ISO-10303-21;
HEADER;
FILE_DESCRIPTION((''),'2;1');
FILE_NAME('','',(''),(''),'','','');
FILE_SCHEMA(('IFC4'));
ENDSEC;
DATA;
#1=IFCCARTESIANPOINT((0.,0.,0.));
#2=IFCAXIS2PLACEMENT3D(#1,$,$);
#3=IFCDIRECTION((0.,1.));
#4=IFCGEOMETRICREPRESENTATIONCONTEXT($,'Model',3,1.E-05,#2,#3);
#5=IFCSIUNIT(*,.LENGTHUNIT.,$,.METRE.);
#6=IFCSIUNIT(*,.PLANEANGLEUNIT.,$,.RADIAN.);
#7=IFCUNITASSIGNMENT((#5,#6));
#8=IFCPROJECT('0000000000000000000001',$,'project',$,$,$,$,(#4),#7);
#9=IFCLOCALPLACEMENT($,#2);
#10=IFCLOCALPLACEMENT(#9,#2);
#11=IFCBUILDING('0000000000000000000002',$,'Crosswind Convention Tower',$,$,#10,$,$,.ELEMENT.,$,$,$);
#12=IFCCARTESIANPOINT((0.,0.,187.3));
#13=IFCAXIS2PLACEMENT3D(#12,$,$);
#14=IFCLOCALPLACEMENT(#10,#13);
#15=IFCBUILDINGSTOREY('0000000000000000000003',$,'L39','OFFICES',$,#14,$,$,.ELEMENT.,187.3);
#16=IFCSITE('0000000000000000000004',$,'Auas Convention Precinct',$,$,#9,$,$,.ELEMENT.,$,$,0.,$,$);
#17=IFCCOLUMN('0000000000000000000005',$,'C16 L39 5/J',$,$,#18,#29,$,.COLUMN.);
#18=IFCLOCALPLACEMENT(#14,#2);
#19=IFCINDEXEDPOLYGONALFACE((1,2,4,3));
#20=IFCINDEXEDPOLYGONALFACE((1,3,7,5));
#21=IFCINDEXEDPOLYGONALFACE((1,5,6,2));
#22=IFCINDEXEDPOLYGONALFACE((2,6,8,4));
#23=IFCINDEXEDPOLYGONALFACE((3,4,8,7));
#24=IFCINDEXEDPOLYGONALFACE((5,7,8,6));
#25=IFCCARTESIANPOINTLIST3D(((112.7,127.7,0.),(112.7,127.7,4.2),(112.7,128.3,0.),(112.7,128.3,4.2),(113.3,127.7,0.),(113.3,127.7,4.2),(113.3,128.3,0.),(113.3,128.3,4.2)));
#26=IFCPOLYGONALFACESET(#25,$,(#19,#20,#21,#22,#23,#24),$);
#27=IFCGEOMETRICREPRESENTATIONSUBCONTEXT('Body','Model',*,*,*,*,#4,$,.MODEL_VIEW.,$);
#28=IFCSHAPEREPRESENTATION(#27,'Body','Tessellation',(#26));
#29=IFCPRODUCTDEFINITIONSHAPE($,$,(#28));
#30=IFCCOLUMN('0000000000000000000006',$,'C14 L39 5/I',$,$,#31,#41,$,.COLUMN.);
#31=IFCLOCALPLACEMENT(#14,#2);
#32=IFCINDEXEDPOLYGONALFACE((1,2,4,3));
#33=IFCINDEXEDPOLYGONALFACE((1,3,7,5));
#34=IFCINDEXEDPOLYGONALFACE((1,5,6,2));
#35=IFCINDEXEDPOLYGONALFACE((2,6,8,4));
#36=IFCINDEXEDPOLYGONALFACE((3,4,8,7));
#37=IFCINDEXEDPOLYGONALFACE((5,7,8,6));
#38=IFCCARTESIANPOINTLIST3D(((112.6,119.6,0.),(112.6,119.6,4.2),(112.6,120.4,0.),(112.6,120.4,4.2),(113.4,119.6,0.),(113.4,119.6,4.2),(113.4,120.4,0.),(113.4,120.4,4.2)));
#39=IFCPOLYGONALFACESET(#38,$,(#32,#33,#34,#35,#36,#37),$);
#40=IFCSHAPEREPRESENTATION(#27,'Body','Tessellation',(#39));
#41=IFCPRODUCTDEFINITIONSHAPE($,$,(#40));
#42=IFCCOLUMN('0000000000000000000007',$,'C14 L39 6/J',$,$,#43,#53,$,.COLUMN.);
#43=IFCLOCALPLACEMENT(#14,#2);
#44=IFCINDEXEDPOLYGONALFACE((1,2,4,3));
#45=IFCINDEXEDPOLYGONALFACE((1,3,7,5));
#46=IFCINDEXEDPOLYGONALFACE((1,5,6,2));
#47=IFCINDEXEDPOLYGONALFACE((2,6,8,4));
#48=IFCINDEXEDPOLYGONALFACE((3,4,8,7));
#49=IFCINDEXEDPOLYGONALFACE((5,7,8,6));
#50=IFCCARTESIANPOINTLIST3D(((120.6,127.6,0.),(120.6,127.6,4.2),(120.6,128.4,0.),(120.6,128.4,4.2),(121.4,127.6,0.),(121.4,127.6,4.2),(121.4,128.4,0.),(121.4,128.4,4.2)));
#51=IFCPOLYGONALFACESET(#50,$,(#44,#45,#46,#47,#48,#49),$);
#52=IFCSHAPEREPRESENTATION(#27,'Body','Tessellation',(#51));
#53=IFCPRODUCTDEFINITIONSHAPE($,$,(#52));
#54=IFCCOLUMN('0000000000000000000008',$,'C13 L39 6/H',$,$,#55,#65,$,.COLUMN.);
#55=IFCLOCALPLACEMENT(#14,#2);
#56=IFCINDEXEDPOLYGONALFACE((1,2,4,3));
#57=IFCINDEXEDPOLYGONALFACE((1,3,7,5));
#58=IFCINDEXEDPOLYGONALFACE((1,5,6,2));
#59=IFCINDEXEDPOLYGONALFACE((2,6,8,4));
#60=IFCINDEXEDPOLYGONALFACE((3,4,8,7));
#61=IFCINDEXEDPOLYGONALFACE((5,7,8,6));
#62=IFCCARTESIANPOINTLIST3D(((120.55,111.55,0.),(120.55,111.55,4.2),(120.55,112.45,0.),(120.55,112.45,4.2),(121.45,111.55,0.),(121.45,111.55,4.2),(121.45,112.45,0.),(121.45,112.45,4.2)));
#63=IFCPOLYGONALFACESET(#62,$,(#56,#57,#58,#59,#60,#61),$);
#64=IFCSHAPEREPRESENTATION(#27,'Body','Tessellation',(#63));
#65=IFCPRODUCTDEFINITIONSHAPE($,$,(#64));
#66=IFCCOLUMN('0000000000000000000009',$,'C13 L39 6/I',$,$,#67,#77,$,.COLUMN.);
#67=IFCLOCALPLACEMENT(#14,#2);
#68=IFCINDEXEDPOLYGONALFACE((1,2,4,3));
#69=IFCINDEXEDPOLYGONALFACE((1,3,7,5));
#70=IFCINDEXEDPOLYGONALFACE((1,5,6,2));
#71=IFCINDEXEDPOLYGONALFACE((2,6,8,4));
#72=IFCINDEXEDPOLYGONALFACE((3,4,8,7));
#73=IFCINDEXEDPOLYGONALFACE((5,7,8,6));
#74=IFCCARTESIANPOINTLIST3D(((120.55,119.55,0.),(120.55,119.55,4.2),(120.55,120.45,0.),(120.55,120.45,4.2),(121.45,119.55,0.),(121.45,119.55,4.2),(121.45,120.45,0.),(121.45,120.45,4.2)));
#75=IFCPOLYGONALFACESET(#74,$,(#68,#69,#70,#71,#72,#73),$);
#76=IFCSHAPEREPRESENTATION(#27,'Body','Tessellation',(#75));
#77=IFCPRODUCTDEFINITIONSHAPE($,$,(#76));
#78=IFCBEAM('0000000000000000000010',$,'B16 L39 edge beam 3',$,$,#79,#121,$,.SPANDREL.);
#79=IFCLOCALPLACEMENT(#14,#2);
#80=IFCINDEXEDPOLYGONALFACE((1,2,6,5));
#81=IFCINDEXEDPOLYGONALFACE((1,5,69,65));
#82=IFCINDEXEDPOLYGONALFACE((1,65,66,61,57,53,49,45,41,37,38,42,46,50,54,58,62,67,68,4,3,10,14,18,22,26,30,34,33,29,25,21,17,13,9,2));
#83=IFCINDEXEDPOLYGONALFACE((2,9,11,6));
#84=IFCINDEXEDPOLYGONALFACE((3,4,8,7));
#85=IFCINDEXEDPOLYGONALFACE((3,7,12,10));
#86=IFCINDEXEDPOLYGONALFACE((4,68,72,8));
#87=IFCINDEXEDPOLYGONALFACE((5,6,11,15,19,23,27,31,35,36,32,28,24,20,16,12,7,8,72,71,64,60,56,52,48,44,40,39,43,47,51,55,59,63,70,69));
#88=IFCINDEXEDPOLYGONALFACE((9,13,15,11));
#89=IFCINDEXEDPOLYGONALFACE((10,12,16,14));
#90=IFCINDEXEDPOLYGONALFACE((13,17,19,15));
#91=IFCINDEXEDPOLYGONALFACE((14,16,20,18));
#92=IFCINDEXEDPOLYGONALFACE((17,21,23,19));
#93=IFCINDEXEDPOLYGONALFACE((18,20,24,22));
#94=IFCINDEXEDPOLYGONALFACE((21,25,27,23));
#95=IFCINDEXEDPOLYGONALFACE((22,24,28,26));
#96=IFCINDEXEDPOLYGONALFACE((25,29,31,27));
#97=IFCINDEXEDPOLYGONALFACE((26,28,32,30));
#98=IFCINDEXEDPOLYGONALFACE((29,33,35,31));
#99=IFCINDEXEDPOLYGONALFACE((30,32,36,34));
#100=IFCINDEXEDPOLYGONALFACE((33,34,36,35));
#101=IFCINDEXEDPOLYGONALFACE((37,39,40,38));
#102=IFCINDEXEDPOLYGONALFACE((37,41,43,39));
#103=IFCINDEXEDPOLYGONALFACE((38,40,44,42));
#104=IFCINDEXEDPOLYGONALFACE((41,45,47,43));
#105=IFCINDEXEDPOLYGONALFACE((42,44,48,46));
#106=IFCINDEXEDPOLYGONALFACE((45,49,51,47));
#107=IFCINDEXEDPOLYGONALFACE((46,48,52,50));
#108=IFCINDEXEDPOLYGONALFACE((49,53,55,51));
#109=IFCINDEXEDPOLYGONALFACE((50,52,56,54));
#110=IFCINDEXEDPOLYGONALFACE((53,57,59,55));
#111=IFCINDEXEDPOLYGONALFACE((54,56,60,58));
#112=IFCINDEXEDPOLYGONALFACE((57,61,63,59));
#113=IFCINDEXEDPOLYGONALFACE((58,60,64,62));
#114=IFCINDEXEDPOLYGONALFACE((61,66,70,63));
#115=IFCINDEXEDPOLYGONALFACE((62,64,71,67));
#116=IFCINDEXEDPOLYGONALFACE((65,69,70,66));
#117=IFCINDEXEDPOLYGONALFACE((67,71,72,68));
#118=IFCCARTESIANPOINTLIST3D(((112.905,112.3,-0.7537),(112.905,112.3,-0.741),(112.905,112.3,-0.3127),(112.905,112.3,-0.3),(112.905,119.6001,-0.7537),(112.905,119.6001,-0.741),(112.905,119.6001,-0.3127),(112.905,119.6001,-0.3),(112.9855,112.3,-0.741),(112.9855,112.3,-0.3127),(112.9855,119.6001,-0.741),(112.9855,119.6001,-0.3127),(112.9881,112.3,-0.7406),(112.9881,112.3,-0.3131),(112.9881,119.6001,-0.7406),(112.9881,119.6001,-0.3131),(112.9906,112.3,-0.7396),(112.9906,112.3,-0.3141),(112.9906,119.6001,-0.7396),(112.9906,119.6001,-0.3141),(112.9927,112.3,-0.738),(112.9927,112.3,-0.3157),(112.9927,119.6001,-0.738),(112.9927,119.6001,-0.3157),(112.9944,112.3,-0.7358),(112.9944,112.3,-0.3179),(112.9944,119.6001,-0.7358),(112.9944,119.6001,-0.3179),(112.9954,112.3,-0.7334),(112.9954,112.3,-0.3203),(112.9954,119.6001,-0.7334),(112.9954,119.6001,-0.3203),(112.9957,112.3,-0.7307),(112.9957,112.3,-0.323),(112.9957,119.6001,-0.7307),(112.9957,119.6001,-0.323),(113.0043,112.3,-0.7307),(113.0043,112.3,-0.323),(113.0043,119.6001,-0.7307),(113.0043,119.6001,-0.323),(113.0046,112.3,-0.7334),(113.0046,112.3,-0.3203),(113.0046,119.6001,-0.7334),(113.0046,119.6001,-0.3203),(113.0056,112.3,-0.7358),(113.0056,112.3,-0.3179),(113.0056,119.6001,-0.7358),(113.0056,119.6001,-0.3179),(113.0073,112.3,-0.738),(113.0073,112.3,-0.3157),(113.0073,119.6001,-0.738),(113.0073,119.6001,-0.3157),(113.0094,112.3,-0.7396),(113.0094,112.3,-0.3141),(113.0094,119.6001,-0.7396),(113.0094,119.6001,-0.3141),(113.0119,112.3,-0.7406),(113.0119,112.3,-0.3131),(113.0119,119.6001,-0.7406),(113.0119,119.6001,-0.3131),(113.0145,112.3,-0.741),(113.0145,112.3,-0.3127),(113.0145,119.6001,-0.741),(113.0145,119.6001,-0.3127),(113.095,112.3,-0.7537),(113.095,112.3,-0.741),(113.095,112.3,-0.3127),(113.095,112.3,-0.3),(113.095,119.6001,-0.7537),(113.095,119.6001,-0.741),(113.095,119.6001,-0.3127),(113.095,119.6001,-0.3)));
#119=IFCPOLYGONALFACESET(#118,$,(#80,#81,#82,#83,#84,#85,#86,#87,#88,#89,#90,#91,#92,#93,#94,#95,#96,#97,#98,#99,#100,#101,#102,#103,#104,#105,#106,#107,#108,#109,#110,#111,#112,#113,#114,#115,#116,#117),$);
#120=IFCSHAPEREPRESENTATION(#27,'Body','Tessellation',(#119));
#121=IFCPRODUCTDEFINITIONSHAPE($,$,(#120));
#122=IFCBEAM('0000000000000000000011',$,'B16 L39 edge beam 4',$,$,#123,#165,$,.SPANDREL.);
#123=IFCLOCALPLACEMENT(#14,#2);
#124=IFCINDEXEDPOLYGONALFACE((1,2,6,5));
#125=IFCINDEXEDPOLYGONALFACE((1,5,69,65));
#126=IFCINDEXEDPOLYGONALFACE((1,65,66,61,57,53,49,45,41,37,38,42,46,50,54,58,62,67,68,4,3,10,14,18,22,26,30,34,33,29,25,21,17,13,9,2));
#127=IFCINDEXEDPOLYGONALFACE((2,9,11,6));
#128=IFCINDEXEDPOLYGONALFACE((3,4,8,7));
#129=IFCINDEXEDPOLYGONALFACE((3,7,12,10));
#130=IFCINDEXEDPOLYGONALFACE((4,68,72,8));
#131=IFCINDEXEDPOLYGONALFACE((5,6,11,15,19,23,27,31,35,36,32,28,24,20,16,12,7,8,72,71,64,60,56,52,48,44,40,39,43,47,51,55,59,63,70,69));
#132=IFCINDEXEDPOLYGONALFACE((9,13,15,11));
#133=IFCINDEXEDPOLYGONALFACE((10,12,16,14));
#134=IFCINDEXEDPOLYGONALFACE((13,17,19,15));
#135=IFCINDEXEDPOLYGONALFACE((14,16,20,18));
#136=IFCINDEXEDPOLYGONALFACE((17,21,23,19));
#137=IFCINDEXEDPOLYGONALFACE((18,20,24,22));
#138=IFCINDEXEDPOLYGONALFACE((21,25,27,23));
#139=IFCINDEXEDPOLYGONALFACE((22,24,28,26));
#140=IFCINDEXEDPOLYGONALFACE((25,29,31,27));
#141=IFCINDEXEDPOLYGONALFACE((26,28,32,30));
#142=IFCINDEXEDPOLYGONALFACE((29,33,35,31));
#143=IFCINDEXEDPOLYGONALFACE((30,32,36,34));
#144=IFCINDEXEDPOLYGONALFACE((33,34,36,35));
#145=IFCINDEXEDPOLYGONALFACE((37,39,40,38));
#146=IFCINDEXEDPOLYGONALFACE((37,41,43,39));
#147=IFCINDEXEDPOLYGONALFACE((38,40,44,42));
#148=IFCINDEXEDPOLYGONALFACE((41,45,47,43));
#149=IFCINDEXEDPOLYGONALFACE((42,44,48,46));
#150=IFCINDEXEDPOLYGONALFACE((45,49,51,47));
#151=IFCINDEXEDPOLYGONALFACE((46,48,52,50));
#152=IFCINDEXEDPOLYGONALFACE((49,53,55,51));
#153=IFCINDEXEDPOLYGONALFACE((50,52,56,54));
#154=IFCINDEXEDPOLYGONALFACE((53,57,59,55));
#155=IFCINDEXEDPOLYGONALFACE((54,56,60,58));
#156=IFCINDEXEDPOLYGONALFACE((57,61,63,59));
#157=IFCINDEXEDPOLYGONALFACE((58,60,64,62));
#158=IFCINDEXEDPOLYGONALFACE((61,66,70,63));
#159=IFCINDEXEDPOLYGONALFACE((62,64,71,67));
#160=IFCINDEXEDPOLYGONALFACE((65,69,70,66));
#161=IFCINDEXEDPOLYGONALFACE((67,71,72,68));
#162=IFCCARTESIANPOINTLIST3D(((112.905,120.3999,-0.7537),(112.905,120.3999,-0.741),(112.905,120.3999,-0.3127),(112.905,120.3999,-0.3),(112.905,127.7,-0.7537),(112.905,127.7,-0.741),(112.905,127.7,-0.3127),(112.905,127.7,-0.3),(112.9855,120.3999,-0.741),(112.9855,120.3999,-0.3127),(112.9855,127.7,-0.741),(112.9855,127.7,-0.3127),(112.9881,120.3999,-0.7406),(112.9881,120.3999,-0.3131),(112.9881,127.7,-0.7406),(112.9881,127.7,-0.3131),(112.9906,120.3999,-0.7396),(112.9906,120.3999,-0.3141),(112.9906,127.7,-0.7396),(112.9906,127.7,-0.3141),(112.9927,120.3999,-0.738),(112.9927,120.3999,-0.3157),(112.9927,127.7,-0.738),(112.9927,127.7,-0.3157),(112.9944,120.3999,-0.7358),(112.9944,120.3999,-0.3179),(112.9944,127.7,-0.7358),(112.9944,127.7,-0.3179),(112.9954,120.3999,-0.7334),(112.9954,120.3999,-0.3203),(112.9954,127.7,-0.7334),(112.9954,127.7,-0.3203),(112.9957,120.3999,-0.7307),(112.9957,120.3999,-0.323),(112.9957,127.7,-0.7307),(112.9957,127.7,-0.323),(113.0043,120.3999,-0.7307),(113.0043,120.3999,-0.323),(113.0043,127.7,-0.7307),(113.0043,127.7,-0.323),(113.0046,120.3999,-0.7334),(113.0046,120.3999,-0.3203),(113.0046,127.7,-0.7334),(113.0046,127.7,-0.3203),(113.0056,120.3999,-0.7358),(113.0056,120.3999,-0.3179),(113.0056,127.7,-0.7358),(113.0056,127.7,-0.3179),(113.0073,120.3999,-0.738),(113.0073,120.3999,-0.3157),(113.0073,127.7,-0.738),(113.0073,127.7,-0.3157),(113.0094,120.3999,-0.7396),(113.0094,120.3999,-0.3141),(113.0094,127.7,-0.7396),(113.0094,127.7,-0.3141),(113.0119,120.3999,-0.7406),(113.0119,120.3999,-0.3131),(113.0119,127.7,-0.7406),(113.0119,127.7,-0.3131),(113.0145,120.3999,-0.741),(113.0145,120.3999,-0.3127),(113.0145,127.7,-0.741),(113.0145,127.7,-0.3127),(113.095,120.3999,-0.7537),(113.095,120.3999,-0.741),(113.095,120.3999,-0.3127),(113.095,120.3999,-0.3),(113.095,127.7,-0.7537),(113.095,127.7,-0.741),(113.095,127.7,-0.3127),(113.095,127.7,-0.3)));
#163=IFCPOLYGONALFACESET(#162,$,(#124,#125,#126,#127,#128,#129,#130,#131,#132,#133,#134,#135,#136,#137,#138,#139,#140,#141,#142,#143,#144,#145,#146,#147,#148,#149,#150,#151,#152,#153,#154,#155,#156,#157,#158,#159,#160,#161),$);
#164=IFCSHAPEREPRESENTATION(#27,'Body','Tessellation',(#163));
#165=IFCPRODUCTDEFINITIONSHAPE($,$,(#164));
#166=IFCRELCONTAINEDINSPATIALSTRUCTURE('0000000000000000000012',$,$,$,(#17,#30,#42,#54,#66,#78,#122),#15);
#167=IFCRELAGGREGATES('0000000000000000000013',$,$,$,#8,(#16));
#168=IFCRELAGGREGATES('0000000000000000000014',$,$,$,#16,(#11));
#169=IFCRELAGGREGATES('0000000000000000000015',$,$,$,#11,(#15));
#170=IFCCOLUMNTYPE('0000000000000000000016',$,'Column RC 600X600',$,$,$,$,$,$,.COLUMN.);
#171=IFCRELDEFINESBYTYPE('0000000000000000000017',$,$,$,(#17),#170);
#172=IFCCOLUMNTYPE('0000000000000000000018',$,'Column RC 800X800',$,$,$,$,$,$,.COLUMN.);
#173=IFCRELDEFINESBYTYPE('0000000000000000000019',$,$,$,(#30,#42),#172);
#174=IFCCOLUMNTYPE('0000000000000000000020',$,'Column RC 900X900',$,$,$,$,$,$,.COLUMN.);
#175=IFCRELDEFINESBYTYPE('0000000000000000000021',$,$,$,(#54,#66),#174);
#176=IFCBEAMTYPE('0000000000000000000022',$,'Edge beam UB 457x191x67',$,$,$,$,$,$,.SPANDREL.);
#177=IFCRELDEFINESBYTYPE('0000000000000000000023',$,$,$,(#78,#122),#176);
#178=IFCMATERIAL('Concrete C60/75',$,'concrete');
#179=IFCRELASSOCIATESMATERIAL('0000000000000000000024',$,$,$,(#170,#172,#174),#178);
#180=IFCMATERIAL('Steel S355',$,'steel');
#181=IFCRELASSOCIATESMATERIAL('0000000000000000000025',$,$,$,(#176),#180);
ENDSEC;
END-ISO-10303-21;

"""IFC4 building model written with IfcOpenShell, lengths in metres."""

from ifc_helpers import new_model, si_unit, direction, frame, origin, origin_2d, place, context, subcontext, project, spatial, rectangle, i_section, extrude, material, material_profile, profile_set, type_object, element, save


model = new_model("IFC4")

# Units and contexts
model_context = context("Model", 3, precision=1e-05, world=origin(), true_north=direction((0.0, 1.0)))
body_context = subcontext(model_context, "Body", "Model", "MODEL_VIEW")
ifc_project = project(units=[si_unit("LENGTHUNIT", "METRE"), si_unit("PLANEANGLEUNIT", "RADIAN")], contexts=[model_context])

# Site, building, storey
site_placement = place(None, origin())
site = spatial("IfcSite", under=ifc_project, at=site_placement, Name="Auas Convention Precinct", CompositionType="ELEMENT", RefElevation=0.0)
building_placement = place(site_placement, origin())
building = spatial("IfcBuilding", under=site, at=building_placement, Name="Crosswind Convention Tower", CompositionType="ELEMENT")
storey_placement = place(building_placement, frame((0.0, 0.0, 187.3)))
storey = spatial("IfcBuildingStorey", under=building, at=storey_placement, Name="L39", Description="OFFICES", CompositionType="ELEMENT", Elevation=187.3)

# Columns
ifc_material_1 = material(Name="Concrete C60/75", Category="concrete")
ifc_material_profile_1 = material_profile(ifc_material_1, rectangle(XDim=0.6001, YDim=0.6001, at=origin_2d()), Name="RC 600X600")
ifc_profile_set_1 = profile_set([ifc_material_profile_1], Name="Concrete C60/75")
column_type_1 = type_object("IfcColumnType", Name="Column RC 600X600", PredefinedType="COLUMN", material=ifc_profile_set_1)
column_placement = place(storey_placement, frame((113.0, 128.0, 0.0), z_axis=(0.0, 0.0, 1.0), x_axis=(1.0, 0.0, 0.0)))
element("IfcColumn", 1, at=column_placement, inside=storey, type_object=column_type_1, Name="C16 L39 5/J", PredefinedType="COLUMN", context=body_context, shape_type="SweptSolid", body=[
    extrude(rectangle(XDim=0.6001, YDim=0.6001, at=origin_2d()), origin(), (0.0, 0.0, 1.0), 4.2),
])
ifc_material_profile_2 = material_profile(ifc_material_1, rectangle(XDim=0.8, YDim=0.8, at=origin_2d()), Name="RC 800X800")
ifc_profile_set_2 = profile_set([ifc_material_profile_2], Name="Concrete C60/75")
column_type_2 = type_object("IfcColumnType", Name="Column RC 800X800", PredefinedType="COLUMN", material=ifc_profile_set_2)
for number, where, z_axis, x_axis, name in (
    (2, (113.0, 120.0, 0.0), (0.0, 0.0, 1.0), (1.0, 0.0, 0.0), "C14 L39 5/I"),
    (3, (121.0, 128.0, 0.0), (0.0, 0.0, 1.0), (1.0, 0.0, 0.0), "C14 L39 6/J"),
):
    element("IfcColumn", number, at=place(storey_placement, frame(where, z_axis=z_axis, x_axis=x_axis)), inside=storey, type_object=column_type_2, Name=name, PredefinedType="COLUMN", context=body_context, shape_type="SweptSolid", body=[
        extrude(rectangle(XDim=0.8, YDim=0.8, at=origin_2d()), origin(), (0.0, 0.0, 1.0), 4.2),
    ])
ifc_material_profile_3 = material_profile(ifc_material_1, rectangle(XDim=0.8999, YDim=0.8999, at=origin_2d()), Name="RC 900X900")
ifc_profile_set_3 = profile_set([ifc_material_profile_3], Name="Concrete C60/75")
column_type_3 = type_object("IfcColumnType", Name="Column RC 900X900", PredefinedType="COLUMN", material=ifc_profile_set_3)
for number, where, z_axis, x_axis, name in (
    (4, (121.0, 112.0, 0.0), (0.0, 0.0, 1.0), (1.0, 0.0, 0.0), "C13 L39 6/H"),
    (5, (121.0, 120.0, 0.0), (0.0, 0.0, 1.0), (1.0, 0.0, 0.0), "C13 L39 6/I"),
):
    element("IfcColumn", number, at=place(storey_placement, frame(where, z_axis=z_axis, x_axis=x_axis)), inside=storey, type_object=column_type_3, Name=name, PredefinedType="COLUMN", context=body_context, shape_type="SweptSolid", body=[
        extrude(rectangle(XDim=0.8999, YDim=0.8999, at=origin_2d()), origin(), (0.0, 0.0, 1.0), 4.2),
    ])

# Beams
ifc_material_2 = material(Name="Steel S355", Category="steel")
ifc_material_profile_4 = material_profile(ifc_material_2, i_section(OverallWidth=0.1899, OverallDepth=0.4536, WebThickness=0.0085, FlangeThickness=0.0127, FilletRadius=0.0103, at=origin_2d()), Name="UB 457x191x67")
ifc_profile_set_4 = profile_set([ifc_material_profile_4], Name="Steel S355")
beam_type_1 = type_object("IfcBeamType", Name="Edge beam UB 457x191x67", PredefinedType="SPANDREL", material=ifc_profile_set_4)
for number, where, z_axis, x_axis, name in (
    (6, (113.0, 112.3, -0.5269), (0.0, 1.0, 0.0), (-1.0, 0.0, 0.0), "B16 L39 edge beam 3"),
    (7, (113.0, 120.3999, -0.5269), (0.0, 1.0, 0.0), (-1.0, 0.0, 0.0), "B16 L39 edge beam 4"),
):
    element("IfcBeam", number, at=place(storey_placement, frame(where, z_axis=z_axis, x_axis=x_axis)), inside=storey, type_object=beam_type_1, Name=name, PredefinedType="SPANDREL", context=body_context, shape_type="SweptSolid", body=[
        extrude(i_section(OverallWidth=0.1899, OverallDepth=0.4536, WebThickness=0.0085, FlangeThickness=0.0127, FilletRadius=0.0103, at=origin_2d()), origin(), (0.0, 0.0, 1.0), 7.3),
    ])

save(model, "model.ifc")
